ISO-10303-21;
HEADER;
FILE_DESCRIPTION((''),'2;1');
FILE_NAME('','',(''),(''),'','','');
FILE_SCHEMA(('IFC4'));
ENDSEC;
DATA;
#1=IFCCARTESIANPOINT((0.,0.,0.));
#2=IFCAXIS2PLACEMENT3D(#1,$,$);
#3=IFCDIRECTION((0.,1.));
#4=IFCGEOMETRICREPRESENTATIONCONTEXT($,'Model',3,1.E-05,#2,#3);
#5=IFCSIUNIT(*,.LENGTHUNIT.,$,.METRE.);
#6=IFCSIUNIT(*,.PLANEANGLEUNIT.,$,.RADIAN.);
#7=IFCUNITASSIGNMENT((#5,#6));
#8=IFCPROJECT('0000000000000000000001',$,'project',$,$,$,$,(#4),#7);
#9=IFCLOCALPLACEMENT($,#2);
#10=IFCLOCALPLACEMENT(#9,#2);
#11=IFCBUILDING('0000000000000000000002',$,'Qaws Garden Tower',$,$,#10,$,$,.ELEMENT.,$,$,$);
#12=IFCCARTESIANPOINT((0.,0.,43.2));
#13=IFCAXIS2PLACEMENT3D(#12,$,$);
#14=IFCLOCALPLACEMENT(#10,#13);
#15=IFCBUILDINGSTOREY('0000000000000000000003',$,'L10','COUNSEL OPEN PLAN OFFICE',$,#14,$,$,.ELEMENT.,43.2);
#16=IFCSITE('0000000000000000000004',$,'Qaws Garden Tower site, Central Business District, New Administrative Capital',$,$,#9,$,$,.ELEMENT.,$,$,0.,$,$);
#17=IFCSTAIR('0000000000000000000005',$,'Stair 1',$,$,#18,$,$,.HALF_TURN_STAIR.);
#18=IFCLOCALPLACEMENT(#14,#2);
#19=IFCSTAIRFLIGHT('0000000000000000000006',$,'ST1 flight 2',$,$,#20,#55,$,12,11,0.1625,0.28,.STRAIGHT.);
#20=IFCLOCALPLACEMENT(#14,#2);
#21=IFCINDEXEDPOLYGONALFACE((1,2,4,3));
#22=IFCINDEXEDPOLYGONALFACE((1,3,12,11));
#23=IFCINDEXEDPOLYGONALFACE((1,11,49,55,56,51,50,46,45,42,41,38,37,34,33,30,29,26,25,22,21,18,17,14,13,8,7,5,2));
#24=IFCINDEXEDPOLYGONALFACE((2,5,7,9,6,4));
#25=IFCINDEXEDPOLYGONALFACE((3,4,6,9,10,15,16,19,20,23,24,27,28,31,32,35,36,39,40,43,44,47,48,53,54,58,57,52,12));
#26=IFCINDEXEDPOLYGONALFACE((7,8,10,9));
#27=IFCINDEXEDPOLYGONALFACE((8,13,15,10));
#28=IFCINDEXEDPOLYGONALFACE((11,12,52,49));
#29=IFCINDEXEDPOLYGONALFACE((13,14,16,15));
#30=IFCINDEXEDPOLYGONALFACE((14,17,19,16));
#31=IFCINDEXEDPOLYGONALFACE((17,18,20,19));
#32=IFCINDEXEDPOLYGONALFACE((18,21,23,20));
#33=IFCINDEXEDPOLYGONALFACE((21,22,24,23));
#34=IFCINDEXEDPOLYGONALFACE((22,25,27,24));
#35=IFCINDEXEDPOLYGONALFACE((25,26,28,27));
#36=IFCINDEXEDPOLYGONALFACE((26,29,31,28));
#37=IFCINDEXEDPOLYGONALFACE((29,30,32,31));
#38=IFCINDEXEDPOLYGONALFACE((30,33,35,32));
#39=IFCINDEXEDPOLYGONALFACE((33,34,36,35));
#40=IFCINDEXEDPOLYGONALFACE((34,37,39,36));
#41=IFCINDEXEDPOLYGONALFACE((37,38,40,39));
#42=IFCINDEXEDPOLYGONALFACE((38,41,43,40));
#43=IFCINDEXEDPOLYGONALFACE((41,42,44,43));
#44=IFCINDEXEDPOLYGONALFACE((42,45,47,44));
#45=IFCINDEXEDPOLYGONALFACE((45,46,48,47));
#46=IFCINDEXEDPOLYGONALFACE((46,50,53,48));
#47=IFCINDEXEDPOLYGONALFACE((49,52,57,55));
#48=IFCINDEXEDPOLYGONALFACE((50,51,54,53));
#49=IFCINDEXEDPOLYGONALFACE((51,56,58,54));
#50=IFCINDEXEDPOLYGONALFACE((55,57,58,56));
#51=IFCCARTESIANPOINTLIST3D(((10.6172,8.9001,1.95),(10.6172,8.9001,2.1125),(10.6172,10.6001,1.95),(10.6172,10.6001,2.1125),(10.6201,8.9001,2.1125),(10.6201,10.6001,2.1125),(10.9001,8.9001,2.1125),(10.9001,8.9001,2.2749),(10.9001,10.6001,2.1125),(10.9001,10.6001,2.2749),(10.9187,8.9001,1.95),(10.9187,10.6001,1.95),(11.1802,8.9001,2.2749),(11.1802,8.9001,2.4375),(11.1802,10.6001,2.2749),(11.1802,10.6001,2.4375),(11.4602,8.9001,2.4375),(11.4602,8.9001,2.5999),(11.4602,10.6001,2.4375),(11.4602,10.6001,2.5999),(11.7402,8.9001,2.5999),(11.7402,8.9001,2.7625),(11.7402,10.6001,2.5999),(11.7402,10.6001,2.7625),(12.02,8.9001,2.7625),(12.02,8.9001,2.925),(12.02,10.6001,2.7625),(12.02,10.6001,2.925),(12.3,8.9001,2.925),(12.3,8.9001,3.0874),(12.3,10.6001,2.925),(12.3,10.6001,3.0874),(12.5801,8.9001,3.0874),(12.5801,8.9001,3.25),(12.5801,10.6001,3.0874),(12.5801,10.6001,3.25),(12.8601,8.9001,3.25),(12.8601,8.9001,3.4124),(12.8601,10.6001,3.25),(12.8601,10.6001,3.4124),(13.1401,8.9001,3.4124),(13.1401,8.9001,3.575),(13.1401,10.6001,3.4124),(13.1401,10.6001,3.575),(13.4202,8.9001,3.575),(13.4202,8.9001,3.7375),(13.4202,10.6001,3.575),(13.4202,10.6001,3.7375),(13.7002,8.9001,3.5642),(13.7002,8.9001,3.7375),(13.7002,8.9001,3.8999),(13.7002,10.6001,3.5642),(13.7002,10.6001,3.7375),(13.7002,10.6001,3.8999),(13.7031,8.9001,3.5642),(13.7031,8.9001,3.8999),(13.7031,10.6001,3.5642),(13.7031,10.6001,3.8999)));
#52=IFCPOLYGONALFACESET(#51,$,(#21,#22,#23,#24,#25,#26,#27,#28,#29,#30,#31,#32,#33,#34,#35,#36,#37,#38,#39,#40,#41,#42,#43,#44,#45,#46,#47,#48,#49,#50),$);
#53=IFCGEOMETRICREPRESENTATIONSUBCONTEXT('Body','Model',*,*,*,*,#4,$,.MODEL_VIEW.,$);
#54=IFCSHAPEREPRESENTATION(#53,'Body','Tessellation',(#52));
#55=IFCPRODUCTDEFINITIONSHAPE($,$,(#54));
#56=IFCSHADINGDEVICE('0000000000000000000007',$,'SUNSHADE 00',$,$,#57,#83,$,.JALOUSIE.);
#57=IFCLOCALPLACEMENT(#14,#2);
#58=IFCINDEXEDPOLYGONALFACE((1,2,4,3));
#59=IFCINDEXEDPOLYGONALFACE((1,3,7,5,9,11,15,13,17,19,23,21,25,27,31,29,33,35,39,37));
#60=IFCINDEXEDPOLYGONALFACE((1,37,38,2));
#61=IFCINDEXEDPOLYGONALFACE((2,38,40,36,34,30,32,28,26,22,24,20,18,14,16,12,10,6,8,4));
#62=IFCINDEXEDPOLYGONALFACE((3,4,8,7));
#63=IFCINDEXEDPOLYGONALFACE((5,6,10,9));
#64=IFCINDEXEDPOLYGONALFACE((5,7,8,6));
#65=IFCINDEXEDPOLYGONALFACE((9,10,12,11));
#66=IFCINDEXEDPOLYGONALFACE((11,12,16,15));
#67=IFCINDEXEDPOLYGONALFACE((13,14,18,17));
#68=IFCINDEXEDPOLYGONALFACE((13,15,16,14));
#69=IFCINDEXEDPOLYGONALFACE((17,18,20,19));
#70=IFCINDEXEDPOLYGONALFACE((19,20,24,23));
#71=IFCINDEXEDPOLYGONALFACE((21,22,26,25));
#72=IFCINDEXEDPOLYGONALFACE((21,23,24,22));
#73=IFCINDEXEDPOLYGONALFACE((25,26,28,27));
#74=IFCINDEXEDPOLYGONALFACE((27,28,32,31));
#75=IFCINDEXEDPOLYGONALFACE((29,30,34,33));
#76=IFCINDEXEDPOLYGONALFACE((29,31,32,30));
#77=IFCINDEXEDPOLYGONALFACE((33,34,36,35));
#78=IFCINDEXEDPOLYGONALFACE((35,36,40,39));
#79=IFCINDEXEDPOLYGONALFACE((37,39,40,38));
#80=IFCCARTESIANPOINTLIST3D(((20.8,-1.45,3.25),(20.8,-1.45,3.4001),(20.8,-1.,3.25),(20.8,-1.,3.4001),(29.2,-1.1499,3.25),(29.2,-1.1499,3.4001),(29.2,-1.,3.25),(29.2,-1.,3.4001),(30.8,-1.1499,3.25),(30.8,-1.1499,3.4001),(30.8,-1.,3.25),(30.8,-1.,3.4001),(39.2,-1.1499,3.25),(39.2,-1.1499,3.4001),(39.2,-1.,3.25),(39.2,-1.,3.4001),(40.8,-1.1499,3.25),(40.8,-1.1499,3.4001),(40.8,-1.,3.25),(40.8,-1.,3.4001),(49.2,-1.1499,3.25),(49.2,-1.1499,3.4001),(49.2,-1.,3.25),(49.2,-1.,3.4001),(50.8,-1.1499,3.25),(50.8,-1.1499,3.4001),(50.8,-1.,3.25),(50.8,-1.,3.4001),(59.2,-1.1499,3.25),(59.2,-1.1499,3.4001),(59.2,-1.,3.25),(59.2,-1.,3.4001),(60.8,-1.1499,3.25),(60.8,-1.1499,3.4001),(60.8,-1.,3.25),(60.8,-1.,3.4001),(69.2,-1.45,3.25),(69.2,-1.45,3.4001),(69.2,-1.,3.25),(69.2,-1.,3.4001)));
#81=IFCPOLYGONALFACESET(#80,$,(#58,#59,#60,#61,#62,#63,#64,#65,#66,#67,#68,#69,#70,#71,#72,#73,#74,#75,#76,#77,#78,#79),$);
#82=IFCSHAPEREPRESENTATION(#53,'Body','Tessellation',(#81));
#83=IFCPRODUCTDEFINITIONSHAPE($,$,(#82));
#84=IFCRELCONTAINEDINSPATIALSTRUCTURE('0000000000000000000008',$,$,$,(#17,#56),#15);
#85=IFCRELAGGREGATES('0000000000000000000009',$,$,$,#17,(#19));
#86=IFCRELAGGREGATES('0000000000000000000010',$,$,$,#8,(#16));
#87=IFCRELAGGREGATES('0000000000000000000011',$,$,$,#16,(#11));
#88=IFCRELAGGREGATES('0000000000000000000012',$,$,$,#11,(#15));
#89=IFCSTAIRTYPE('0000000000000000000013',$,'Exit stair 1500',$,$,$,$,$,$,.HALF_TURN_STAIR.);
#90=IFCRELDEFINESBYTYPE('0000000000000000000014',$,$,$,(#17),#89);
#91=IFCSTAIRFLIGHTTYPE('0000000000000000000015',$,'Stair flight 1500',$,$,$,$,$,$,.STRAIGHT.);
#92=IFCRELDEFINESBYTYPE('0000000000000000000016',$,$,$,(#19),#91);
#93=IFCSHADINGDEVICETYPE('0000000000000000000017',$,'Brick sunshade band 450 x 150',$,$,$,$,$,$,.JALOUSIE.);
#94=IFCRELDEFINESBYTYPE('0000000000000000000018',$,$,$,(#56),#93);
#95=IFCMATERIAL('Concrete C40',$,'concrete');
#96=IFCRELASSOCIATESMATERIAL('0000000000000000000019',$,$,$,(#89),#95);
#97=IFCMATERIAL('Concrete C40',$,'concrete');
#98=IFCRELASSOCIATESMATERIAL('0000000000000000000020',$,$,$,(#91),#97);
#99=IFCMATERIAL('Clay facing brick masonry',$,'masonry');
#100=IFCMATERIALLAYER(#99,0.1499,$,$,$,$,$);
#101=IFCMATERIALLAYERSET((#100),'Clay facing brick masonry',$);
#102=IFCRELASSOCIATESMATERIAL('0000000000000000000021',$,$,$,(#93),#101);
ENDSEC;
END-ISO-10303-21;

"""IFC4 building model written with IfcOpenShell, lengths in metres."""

from ifc_helpers import new_model, si_unit, direction, frame, origin, place, context, subcontext, project, spatial, polyline, outline, extrude, material, layer, layer_set, type_object, element, aggregate, save


model = new_model("IFC4")

# Units and contexts
model_context = context("Model", 3, precision=1e-05, world=origin(), true_north=direction((0.0, 1.0)))
body_context = subcontext(model_context, "Body", "Model", "MODEL_VIEW")
ifc_project = project(units=[si_unit("LENGTHUNIT", "METRE"), si_unit("PLANEANGLEUNIT", "RADIAN")], contexts=[model_context])

# Site, building, storey
site_placement = place(None, origin())
site = spatial("IfcSite", under=ifc_project, at=site_placement, Name="Qaws Garden Tower site, Central Business District, New Administrative Capital", CompositionType="ELEMENT", RefElevation=0.0)
building_placement = place(site_placement, origin())
building = spatial("IfcBuilding", under=site, at=building_placement, Name="Qaws Garden Tower", CompositionType="ELEMENT")
storey_placement = place(building_placement, frame((0.0, 0.0, 43.2)))
storey = spatial("IfcBuildingStorey", under=building, at=storey_placement, Name="L10", Description="COUNSEL OPEN PLAN OFFICE", CompositionType="ELEMENT", Elevation=43.2)

# Stair
ifc_material_1 = material(Name="Concrete C40", Category="concrete")
stair_type_1 = type_object("IfcStairType", Name="Exit stair 1500", PredefinedType="HALF_TURN_STAIR", material=ifc_material_1)
placement_1 = place(storey_placement, origin())
stair_1 = element("IfcStair", 1, at=placement_1, inside=storey, type_object=stair_type_1, Name="Stair 1", PredefinedType="HALF_TURN_STAIR")

# Stair flight
ifc_material_2 = material(Name="Concrete C40", Category="concrete")
stair_flight_type = type_object("IfcStairFlightType", Name="Stair flight 1500", PredefinedType="STRAIGHT", material=ifc_material_2)
stair_flight_placement = place(storey_placement, frame((10.6201, 9.75, 1.95), z_axis=(0.0, 0.0, 1.0), x_axis=(1.0, 0.0, 0.0)))
stair_flight = element("IfcStairFlight", 2, at=stair_flight_placement, type_object=stair_flight_type, Name="ST1 flight 2", NumberOfRisers=12, NumberOfTreads=11, PredefinedType="STRAIGHT", RiserHeight=0.1625, TreadLength=0.28, context=body_context, shape_type="SweptSolid", body=[
    extrude(outline(polyline([(-0.0029, 0.0), (-0.0029, 0.1626), (0.0, 0.1626), (0.28, 0.1626), (0.28, 0.325), (0.5601, 0.325), (0.5601, 0.4875), (0.8401, 0.4875), (0.8401, 0.6499), (1.1201, 0.6499), (1.1201, 0.8125), (1.3999, 0.8125), (1.3999, 0.9751), (1.6799, 0.9751), (1.6799, 1.1375), (1.96, 1.1375), (1.96, 1.3), (2.24, 1.3), (2.24, 1.4624), (2.52, 1.4624), (2.52, 1.625), (2.8, 1.625), (2.8, 1.7876), (3.0801, 1.7876), (3.0801, 1.95), (3.083, 1.95), (3.083, 1.6143), (3.0801, 1.6143), (0.2986, 0.0), (-0.0029, 0.0)])), frame((0.0, 0.8501, 0.0), z_axis=(0.0, -1.0, 0.0), x_axis=(1.0, 0.0, 0.0)), (0.0, 0.0, 1.0), 1.7),
])
aggregate(stair_1, [stair_flight])

# Shading device
ifc_material_3 = material(Name="Clay facing brick masonry", Category="masonry")
ifc_layer_1 = layer(ifc_material_3, 0.1499)
ifc_layer_set_1 = layer_set([ifc_layer_1], Name="Clay facing brick masonry")
shading_device_type = type_object("IfcShadingDeviceType", Name="Brick sunshade band 450 x 150", PredefinedType="JALOUSIE", material=ifc_layer_set_1)
shading_device_placement = place(storey_placement, frame((0.0, 0.0, 3.25)))
element("IfcShadingDevice", 3, at=shading_device_placement, inside=storey, type_object=shading_device_type, Name="SUNSHADE 00", PredefinedType="JALOUSIE", context=body_context, shape_type="SweptSolid", body=[
    extrude(outline(polyline([(20.8, -1.0), (20.8, -1.45), (69.2, -1.45), (69.2, -1.0), (60.8, -1.0), (60.8, -1.1499), (59.2, -1.1499), (59.2, -1.0), (50.8, -1.0), (50.8, -1.1499), (49.2, -1.1499), (49.2, -1.0), (40.8, -1.0), (40.8, -1.1499), (39.2, -1.1499), (39.2, -1.0), (30.8, -1.0), (30.8, -1.1499), (29.2, -1.1499), (29.2, -1.0), (20.8, -1.0)])), origin(), (0.0, 0.0, 1.0), 0.1501),
])

save(model, "model.ifc")
